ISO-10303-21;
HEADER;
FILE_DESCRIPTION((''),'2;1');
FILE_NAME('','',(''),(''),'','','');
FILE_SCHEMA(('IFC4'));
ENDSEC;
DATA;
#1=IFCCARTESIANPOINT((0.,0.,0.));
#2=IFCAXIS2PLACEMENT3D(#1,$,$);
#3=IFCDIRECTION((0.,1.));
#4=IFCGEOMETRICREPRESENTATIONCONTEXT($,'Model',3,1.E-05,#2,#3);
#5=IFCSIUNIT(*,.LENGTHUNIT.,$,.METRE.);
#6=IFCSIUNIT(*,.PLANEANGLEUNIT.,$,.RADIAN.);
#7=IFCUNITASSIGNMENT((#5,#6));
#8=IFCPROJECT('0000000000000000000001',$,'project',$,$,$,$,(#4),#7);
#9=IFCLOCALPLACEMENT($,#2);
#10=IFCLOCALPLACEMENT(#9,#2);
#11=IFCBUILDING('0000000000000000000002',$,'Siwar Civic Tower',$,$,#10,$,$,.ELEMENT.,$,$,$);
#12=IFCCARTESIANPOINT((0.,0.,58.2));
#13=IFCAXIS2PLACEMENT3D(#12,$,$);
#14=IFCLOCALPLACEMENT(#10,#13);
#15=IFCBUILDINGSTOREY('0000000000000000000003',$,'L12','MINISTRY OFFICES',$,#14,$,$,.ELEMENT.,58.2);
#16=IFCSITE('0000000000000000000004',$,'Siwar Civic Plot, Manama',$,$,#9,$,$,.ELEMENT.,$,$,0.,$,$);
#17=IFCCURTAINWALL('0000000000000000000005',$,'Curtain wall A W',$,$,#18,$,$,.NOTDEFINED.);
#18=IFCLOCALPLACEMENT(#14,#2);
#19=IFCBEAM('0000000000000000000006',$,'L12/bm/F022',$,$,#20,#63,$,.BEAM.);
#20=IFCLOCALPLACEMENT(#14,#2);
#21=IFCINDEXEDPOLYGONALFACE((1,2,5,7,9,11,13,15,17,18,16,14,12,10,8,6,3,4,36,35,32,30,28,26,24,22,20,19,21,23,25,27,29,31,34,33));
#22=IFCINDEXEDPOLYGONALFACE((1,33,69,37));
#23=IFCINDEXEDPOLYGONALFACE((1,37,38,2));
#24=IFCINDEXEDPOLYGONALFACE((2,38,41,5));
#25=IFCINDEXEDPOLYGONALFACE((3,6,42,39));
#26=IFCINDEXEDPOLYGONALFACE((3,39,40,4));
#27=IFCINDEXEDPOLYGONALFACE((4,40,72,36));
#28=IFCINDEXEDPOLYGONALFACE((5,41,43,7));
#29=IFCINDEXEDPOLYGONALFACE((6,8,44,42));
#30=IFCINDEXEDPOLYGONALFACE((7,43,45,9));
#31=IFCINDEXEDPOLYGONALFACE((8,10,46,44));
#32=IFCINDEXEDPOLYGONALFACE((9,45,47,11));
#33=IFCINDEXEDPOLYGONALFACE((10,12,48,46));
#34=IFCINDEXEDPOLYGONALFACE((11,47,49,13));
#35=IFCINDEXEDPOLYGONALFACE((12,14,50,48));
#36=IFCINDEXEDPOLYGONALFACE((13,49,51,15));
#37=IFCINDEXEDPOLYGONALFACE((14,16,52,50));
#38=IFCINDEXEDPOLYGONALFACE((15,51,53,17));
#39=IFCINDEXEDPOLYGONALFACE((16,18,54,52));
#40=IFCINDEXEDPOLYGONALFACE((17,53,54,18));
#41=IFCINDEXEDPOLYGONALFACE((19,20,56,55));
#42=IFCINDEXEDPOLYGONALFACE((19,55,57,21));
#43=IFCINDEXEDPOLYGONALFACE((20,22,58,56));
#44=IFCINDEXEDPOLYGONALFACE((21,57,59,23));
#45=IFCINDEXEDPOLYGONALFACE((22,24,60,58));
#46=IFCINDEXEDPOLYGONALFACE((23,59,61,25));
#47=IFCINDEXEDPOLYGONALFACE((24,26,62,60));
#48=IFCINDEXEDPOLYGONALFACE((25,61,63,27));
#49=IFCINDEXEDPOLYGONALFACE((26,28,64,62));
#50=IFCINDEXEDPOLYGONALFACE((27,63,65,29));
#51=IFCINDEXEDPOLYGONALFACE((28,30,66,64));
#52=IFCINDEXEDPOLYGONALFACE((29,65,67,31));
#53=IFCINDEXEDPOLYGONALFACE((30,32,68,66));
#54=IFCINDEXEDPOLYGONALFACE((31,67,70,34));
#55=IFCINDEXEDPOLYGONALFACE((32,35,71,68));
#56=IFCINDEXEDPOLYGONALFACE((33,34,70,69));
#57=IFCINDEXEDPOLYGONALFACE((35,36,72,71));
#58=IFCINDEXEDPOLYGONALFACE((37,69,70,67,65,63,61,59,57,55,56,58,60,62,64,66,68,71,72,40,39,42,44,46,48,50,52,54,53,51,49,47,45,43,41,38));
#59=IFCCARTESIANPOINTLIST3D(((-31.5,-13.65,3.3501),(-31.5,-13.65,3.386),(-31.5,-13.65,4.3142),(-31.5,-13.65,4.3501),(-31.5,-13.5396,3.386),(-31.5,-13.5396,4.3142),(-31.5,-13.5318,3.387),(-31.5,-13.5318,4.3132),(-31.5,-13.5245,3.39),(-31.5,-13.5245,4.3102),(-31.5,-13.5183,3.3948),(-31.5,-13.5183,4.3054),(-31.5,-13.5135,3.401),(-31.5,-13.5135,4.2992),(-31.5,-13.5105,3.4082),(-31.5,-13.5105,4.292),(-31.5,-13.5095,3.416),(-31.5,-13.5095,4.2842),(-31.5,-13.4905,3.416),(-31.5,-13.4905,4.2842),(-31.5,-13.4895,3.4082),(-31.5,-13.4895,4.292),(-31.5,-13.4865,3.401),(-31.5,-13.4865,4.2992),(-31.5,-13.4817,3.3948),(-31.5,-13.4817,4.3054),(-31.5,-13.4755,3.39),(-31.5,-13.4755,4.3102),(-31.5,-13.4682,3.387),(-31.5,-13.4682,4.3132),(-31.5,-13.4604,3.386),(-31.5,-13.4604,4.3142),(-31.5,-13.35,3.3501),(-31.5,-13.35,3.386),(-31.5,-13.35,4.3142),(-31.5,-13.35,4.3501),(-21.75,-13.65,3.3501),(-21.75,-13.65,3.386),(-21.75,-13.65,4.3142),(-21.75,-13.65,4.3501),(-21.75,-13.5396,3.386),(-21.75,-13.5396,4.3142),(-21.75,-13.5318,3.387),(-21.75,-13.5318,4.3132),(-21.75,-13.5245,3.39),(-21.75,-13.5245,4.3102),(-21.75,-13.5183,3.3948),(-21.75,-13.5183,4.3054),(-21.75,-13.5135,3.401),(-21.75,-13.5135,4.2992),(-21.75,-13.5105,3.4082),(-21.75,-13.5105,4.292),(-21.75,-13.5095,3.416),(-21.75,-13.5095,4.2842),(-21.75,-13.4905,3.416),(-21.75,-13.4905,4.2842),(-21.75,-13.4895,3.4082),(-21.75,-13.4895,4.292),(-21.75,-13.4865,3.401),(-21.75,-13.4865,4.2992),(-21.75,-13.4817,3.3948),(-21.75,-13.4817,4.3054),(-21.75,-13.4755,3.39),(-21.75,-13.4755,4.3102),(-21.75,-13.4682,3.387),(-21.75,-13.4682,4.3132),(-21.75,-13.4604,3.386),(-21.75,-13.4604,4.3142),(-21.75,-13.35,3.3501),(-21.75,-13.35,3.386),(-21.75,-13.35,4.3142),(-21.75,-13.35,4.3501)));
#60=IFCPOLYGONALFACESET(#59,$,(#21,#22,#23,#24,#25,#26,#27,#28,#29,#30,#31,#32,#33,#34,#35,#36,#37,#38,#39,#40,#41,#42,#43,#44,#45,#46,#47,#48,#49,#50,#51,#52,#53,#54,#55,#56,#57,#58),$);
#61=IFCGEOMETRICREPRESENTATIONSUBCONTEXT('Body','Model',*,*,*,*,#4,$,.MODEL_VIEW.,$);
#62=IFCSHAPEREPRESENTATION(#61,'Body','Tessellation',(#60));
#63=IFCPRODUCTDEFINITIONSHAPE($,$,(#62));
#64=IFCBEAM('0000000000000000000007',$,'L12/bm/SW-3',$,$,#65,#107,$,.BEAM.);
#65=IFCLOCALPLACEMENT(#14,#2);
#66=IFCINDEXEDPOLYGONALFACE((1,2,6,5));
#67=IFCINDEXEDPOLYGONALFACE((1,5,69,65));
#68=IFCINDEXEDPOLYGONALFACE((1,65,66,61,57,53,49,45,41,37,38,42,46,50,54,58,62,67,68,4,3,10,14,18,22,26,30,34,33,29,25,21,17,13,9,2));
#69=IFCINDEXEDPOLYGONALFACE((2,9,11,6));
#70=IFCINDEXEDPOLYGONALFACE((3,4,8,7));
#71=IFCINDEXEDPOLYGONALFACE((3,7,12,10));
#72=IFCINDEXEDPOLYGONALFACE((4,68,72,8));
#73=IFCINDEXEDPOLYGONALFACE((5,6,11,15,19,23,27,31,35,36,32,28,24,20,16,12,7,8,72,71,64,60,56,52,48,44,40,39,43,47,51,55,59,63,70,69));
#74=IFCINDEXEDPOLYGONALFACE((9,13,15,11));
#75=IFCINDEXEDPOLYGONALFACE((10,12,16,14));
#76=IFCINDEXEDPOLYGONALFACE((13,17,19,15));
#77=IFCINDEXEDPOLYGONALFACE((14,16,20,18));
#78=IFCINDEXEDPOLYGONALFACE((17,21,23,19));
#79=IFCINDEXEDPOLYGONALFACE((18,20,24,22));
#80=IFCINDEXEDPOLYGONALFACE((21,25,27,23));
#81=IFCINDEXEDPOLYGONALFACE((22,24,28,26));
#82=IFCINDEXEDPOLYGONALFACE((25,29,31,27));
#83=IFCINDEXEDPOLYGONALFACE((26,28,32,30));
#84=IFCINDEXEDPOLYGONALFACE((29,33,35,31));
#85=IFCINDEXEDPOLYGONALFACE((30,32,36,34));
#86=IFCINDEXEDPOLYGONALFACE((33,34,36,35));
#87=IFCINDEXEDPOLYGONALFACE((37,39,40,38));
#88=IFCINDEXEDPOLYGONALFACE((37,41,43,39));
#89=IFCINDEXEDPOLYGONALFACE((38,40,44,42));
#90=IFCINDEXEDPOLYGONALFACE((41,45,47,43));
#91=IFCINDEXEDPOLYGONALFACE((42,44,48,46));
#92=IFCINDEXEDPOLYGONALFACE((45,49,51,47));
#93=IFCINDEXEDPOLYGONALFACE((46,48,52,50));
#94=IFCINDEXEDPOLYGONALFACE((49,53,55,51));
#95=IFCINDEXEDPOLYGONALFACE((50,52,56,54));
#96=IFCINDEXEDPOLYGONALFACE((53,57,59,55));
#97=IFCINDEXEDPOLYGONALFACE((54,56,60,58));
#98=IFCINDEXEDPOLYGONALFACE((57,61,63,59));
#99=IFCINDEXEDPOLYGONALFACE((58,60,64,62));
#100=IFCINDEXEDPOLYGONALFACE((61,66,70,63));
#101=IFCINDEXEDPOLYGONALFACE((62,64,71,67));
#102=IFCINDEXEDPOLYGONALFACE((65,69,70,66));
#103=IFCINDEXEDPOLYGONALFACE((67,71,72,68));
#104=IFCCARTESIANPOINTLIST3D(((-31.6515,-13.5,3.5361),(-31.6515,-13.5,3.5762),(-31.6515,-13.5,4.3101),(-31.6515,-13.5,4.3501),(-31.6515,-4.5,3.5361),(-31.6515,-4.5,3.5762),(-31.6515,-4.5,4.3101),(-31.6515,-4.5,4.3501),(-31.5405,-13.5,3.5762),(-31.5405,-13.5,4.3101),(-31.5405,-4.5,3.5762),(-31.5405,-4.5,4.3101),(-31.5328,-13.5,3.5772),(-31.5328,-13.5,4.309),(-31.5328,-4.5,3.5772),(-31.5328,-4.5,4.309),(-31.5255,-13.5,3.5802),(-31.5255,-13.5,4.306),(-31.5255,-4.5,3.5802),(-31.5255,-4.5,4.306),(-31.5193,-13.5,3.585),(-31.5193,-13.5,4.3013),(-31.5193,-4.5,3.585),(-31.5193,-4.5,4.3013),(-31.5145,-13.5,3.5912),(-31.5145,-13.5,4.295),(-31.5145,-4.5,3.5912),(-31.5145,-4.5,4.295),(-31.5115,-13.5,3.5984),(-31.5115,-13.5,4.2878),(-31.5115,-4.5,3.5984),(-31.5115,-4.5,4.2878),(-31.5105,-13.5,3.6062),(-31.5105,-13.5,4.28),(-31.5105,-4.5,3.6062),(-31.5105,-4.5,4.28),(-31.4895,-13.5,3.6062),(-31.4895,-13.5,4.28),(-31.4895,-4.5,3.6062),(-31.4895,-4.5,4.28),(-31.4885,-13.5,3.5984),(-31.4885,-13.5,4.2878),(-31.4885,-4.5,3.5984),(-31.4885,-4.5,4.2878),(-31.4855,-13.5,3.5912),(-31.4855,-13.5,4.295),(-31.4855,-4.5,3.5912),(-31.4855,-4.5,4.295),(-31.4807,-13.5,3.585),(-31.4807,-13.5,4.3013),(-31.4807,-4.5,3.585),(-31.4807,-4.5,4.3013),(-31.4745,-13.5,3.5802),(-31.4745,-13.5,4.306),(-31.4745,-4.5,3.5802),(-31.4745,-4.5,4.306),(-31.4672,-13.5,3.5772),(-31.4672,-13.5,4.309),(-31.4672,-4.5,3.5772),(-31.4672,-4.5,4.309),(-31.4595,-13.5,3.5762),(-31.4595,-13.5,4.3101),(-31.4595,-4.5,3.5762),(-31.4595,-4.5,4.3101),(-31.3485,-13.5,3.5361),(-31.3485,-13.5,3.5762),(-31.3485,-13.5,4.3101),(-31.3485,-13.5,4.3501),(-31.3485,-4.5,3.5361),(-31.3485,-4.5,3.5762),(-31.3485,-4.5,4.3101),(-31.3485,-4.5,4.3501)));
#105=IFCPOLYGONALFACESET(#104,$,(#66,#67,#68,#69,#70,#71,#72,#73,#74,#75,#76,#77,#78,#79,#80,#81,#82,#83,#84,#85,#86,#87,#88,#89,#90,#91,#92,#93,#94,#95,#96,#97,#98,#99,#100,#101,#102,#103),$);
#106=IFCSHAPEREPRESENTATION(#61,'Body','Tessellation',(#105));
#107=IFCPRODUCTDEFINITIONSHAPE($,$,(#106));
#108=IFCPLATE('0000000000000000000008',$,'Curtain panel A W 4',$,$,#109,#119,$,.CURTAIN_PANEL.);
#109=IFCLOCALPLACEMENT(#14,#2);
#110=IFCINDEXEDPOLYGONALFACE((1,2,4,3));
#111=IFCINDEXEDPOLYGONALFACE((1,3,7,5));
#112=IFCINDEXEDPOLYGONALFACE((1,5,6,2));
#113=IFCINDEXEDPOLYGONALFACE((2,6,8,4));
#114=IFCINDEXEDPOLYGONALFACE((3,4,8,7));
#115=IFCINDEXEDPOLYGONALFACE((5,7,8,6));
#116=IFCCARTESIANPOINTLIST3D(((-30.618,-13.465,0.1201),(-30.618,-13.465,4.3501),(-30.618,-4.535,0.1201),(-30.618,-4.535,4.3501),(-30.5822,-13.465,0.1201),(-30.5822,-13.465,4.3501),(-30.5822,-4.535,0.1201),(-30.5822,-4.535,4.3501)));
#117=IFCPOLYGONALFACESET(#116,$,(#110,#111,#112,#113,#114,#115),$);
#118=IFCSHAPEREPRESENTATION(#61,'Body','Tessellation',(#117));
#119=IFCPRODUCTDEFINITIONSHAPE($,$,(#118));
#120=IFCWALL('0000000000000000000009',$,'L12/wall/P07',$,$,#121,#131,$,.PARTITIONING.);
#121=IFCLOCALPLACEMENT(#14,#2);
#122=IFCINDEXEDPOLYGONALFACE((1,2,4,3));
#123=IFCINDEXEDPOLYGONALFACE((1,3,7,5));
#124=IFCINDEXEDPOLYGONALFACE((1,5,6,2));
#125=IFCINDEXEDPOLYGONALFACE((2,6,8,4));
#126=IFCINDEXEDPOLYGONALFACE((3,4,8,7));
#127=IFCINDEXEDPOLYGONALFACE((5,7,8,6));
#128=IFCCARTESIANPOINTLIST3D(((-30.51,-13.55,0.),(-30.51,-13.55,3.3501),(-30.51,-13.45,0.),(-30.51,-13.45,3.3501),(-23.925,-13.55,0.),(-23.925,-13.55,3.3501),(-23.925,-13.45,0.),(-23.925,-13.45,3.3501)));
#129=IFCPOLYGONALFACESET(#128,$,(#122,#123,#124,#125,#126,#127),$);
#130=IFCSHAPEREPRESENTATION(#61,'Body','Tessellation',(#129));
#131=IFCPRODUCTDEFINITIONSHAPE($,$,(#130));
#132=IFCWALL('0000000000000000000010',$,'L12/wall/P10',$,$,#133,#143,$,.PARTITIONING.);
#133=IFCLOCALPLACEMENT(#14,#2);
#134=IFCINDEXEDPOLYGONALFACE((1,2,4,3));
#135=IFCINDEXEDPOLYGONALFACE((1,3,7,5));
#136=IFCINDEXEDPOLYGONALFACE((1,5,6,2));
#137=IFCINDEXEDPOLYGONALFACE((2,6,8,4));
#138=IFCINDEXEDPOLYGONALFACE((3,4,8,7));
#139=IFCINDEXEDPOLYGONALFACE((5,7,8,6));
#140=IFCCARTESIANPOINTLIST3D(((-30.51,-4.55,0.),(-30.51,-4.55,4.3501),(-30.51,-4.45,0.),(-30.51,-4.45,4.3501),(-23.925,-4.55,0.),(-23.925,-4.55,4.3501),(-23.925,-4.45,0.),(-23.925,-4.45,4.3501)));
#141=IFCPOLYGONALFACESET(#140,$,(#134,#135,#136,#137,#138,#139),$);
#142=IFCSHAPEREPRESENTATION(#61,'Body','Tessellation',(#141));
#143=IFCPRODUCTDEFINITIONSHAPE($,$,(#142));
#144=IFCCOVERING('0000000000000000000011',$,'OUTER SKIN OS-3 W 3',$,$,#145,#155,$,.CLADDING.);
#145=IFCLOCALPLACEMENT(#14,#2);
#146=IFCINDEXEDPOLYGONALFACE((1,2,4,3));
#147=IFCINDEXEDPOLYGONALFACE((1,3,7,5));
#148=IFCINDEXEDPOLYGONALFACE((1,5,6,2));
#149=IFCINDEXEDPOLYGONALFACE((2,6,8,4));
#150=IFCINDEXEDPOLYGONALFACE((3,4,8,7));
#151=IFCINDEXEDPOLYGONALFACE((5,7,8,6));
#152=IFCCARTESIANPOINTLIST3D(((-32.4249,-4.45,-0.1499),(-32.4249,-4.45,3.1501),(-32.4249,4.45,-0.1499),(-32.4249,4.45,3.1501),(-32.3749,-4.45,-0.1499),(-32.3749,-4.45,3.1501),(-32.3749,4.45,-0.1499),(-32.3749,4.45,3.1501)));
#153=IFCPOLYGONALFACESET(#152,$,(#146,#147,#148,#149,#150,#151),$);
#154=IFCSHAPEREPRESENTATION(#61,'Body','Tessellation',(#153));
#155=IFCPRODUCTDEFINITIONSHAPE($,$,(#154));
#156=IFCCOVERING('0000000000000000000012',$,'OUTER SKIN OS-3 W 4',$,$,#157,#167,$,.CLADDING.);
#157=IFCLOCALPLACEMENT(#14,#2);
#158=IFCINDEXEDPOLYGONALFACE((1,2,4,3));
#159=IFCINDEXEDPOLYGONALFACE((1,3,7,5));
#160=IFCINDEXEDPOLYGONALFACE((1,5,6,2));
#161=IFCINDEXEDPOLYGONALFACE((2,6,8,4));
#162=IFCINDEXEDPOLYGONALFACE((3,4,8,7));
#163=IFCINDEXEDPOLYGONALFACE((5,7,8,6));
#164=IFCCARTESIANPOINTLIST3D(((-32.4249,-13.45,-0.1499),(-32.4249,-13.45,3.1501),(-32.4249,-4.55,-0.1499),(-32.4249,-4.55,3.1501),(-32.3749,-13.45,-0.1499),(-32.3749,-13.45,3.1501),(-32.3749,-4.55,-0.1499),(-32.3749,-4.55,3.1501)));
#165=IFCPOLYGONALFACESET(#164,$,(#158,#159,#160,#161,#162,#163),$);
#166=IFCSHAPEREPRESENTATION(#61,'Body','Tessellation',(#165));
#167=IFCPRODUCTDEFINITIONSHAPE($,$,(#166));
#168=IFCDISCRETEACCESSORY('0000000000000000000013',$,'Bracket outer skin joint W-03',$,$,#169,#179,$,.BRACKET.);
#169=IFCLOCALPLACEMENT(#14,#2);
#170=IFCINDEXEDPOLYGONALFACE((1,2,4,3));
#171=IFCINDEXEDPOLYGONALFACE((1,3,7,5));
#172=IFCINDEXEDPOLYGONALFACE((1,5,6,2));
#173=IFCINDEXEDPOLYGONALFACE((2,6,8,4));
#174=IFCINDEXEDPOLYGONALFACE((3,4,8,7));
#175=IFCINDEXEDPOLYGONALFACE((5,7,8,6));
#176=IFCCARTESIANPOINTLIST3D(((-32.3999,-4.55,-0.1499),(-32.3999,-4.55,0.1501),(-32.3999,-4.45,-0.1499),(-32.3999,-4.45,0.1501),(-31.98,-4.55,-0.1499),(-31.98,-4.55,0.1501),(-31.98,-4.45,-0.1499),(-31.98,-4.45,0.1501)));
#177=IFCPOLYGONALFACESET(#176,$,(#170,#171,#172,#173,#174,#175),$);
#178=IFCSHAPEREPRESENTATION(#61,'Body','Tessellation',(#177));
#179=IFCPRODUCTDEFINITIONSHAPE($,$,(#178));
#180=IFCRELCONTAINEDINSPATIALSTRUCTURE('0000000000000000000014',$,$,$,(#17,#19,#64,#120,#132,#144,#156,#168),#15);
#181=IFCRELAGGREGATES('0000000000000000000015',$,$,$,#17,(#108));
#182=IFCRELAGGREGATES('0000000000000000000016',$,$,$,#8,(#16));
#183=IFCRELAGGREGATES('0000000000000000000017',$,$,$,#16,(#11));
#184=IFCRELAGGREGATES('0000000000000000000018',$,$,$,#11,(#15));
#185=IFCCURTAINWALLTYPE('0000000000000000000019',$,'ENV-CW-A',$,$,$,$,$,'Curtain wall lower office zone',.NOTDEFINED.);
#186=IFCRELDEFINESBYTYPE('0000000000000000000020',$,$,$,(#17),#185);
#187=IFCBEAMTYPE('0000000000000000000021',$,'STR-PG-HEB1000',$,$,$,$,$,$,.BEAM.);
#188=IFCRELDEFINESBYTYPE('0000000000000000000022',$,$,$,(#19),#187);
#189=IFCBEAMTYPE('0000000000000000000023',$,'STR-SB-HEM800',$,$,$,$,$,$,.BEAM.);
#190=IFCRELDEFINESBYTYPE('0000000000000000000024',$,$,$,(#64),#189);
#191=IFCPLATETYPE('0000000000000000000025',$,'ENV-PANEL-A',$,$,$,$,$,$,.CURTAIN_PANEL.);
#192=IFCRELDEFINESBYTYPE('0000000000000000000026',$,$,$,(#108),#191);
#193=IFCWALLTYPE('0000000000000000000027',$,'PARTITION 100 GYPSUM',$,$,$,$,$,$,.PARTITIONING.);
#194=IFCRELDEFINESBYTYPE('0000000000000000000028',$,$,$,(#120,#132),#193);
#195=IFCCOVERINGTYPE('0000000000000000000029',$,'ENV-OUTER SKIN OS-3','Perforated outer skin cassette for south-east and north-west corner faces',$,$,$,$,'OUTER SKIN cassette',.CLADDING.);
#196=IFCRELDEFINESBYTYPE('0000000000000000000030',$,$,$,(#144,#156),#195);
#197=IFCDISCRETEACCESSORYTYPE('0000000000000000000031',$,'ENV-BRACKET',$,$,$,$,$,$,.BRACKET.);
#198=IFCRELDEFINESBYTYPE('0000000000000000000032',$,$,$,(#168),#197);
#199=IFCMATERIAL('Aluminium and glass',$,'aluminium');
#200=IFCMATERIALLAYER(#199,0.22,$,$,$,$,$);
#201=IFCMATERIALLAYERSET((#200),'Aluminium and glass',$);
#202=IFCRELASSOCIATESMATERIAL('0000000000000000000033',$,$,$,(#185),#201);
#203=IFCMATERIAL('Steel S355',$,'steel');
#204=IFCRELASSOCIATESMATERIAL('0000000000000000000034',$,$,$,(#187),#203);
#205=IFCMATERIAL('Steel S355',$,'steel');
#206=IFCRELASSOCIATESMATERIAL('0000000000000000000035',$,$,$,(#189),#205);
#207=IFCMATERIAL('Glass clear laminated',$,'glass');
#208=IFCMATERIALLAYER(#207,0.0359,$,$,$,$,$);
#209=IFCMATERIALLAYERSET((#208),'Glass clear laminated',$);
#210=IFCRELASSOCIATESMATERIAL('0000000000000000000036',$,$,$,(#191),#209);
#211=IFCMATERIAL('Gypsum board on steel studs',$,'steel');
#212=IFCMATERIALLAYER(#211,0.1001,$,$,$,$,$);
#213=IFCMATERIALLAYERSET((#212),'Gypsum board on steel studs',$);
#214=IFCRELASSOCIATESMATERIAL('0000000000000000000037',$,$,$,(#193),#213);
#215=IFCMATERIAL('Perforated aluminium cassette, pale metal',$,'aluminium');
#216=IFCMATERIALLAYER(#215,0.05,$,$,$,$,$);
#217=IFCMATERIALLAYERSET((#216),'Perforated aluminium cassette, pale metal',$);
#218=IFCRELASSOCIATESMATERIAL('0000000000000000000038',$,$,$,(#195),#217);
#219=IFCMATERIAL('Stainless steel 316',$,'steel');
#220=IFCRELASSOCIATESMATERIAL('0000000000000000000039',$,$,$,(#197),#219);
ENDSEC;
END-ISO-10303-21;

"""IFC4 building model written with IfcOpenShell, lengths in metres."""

from ifc_helpers import new_model, si_unit, direction, frame, frame_2d, origin, origin_2d, place, context, subcontext, project, spatial, rectangle, i_section, extrude, material, layer, layer_set, material_profile, profile_set, type_object, element, aggregate, save


model = new_model("IFC4")

# Units and contexts
model_context = context("Model", 3, precision=1e-05, world=origin(), true_north=direction((0.0, 1.0)))
body_context = subcontext(model_context, "Body", "Model", "MODEL_VIEW")
ifc_project = project(units=[si_unit("LENGTHUNIT", "METRE"), si_unit("PLANEANGLEUNIT", "RADIAN")], contexts=[model_context])

# Site, building, storey
site_placement = place(None, origin())
site = spatial("IfcSite", under=ifc_project, at=site_placement, Name="Siwar Civic Plot, Manama", CompositionType="ELEMENT", RefElevation=0.0)
building_placement = place(site_placement, origin())
building = spatial("IfcBuilding", under=site, at=building_placement, Name="Siwar Civic Tower", CompositionType="ELEMENT")
storey_placement = place(building_placement, frame((0.0, 0.0, 58.2)))
storey = spatial("IfcBuildingStorey", under=building, at=storey_placement, Name="L12", Description="MINISTRY OFFICES", CompositionType="ELEMENT", Elevation=58.2)

# Curtain wall
ifc_material_1 = material(Name="Aluminium and glass", Category="aluminium")
ifc_layer_1 = layer(ifc_material_1, 0.22)
ifc_layer_set_1 = layer_set([ifc_layer_1], Name="Aluminium and glass")
curtain_wall_type = type_object("IfcCurtainWallType", Name="ENV-CW-A", ElementType="Curtain wall lower office zone", PredefinedType="NOTDEFINED", material=ifc_layer_set_1)
curtain_wall_placement = place(storey_placement, origin())
curtain_wall = element("IfcCurtainWall", 1, at=curtain_wall_placement, inside=storey, type_object=curtain_wall_type, Name="Curtain wall A W", PredefinedType="NOTDEFINED")

# Beams
ifc_material_2 = material(Name="Steel S355", Category="steel")
ifc_material_profile_1 = material_profile(ifc_material_2, i_section(OverallWidth=0.3, OverallDepth=1.0, WebThickness=0.019, FlangeThickness=0.0359, FilletRadius=0.03, at=origin_2d()), Name="HEB1000")
ifc_profile_set_1 = profile_set([ifc_material_profile_1], Name="Steel S355")
beam_type_1 = type_object("IfcBeamType", Name="STR-PG-HEB1000", PredefinedType="BEAM", material=ifc_profile_set_1)
beam_1_placement = place(storey_placement, frame((-31.5, -13.5, 3.8501), z_axis=(1.0, 0.0, 0.0), x_axis=(0.0, 1.0, 0.0)))
element("IfcBeam", 2, at=beam_1_placement, inside=storey, type_object=beam_type_1, Name="L12/bm/F022", PredefinedType="BEAM", context=body_context, shape_type="SweptSolid", body=[
    extrude(i_section(OverallWidth=0.3, OverallDepth=1.0, WebThickness=0.019, FlangeThickness=0.0359, FilletRadius=0.03, at=origin_2d()), origin(), (0.0, 0.0, 1.0), 9.75),
])
ifc_material_3 = material(Name="Steel S355", Category="steel")
ifc_material_profile_2 = material_profile(ifc_material_3, i_section(OverallWidth=0.303, OverallDepth=0.814, WebThickness=0.021, FlangeThickness=0.04, FilletRadius=0.03, at=origin_2d()), Name="HEM800")
ifc_profile_set_2 = profile_set([ifc_material_profile_2], Name="Steel S355")
beam_type_2 = type_object("IfcBeamType", Name="STR-SB-HEM800", PredefinedType="BEAM", material=ifc_profile_set_2)
beam_2_placement = place(storey_placement, frame((-31.5, -4.5, 3.9431), z_axis=(0.0, -1.0, 0.0), x_axis=(1.0, 0.0, 0.0)))
element("IfcBeam", 3, at=beam_2_placement, inside=storey, type_object=beam_type_2, Name="L12/bm/SW-3", PredefinedType="BEAM", context=body_context, shape_type="SweptSolid", body=[
    extrude(i_section(OverallWidth=0.303, OverallDepth=0.814, WebThickness=0.021, FlangeThickness=0.04, FilletRadius=0.03, at=origin_2d()), origin(), (0.0, 0.0, 1.0), 9.0),
])

# Plate
ifc_material_4 = material(Name="Glass clear laminated", Category="glass")
ifc_layer_2 = layer(ifc_material_4, 0.0359)
ifc_layer_set_2 = layer_set([ifc_layer_2], Name="Glass clear laminated")
plate_type = type_object("IfcPlateType", Name="ENV-PANEL-A", PredefinedType="CURTAIN_PANEL", material=ifc_layer_set_2)
plate_placement = place(storey_placement, frame((-30.6001, -9.0, 0.1201), z_axis=(0.0, 0.0, 1.0), x_axis=(0.0, -1.0, 0.0)))
plate = element("IfcPlate", 4, at=plate_placement, type_object=plate_type, Name="Curtain panel A W 4", PredefinedType="CURTAIN_PANEL", context=body_context, shape_type="SweptSolid", body=[
    extrude(rectangle(XDim=8.9299, YDim=0.0359, at=origin_2d()), origin(), (0.0, 0.0, 1.0), 4.23),
])
aggregate(curtain_wall, [plate])

# Walls
ifc_material_5 = material(Name="Gypsum board on steel studs", Category="steel")
ifc_layer_3 = layer(ifc_material_5, 0.1001)
ifc_layer_set_3 = layer_set([ifc_layer_3], Name="Gypsum board on steel studs")
wall_type = type_object("IfcWallType", Name="PARTITION 100 GYPSUM", PredefinedType="PARTITIONING", material=ifc_layer_set_3)
wall_1_placement = place(storey_placement, frame((-30.51, -13.5, 0.0), z_axis=(0.0, 0.0, 1.0), x_axis=(1.0, 0.0, 0.0)))
element("IfcWall", 5, at=wall_1_placement, inside=storey, type_object=wall_type, Name="L12/wall/P07", PredefinedType="PARTITIONING", context=body_context, shape_type="SweptSolid", body=[
    extrude(rectangle(XDim=6.585, YDim=0.1001, at=frame_2d((3.2925, 0.0))), origin(), (0.0, 0.0, 1.0), 3.3501),
])
wall_2_placement = place(storey_placement, frame((-30.51, -4.5, 0.0), z_axis=(0.0, 0.0, 1.0), x_axis=(1.0, 0.0, 0.0)))
element("IfcWall", 6, at=wall_2_placement, inside=storey, type_object=wall_type, Name="L12/wall/P10", PredefinedType="PARTITIONING", context=body_context, shape_type="SweptSolid", body=[
    extrude(rectangle(XDim=6.585, YDim=0.1001, at=frame_2d((3.2925, 0.0))), origin(), (0.0, 0.0, 1.0), 4.3501),
])

# Coverings
ifc_material_6 = material(Name="Perforated aluminium cassette, pale metal", Category="aluminium")
ifc_layer_4 = layer(ifc_material_6, 0.05)
ifc_layer_set_4 = layer_set([ifc_layer_4], Name="Perforated aluminium cassette, pale metal")
covering_type = type_object("IfcCoveringType", Name="ENV-OUTER SKIN OS-3", Description="Perforated outer skin cassette for south-east and north-west corner faces", ElementType="OUTER SKIN cassette", PredefinedType="CLADDING", material=ifc_layer_set_4)
for number, where, z_axis, x_axis, name in (
    (7, (-32.3999, 0.0, -0.1499), (0.0, 0.0, 1.0), (0.0, -1.0, 0.0), "OUTER SKIN OS-3 W 3"),
    (8, (-32.3999, -9.0, -0.1499), (0.0, 0.0, 1.0), (0.0, -1.0, 0.0), "OUTER SKIN OS-3 W 4"),
):
    element("IfcCovering", number, at=place(storey_placement, frame(where, z_axis=z_axis, x_axis=x_axis)), inside=storey, type_object=covering_type, Name=name, PredefinedType="CLADDING", context=body_context, shape_type="SweptSolid", body=[
        extrude(rectangle(XDim=8.8999, YDim=0.05, at=origin_2d()), origin(), (0.0, 0.0, 1.0), 3.3),
    ])

# Discrete accessory
ifc_material_7 = material(Name="Stainless steel 316", Category="steel")
discrete_accessory_type = type_object("IfcDiscreteAccessoryType", Name="ENV-BRACKET", PredefinedType="BRACKET", material=ifc_material_7)
discrete_accessory_placement = place(storey_placement, frame((-32.1899, -4.5, -0.1499), z_axis=(0.0, 0.0, 1.0), x_axis=(-1.0, 0.0, 0.0)))
element("IfcDiscreteAccessory", 9, at=discrete_accessory_placement, inside=storey, type_object=discrete_accessory_type, Name="Bracket outer skin joint W-03", PredefinedType="BRACKET", context=body_context, shape_type="SweptSolid", body=[
    extrude(rectangle(XDim=0.4199, YDim=0.1001, at=origin_2d()), origin(), (0.0, 0.0, 1.0), 0.3),
])

save(model, "model.ifc")
